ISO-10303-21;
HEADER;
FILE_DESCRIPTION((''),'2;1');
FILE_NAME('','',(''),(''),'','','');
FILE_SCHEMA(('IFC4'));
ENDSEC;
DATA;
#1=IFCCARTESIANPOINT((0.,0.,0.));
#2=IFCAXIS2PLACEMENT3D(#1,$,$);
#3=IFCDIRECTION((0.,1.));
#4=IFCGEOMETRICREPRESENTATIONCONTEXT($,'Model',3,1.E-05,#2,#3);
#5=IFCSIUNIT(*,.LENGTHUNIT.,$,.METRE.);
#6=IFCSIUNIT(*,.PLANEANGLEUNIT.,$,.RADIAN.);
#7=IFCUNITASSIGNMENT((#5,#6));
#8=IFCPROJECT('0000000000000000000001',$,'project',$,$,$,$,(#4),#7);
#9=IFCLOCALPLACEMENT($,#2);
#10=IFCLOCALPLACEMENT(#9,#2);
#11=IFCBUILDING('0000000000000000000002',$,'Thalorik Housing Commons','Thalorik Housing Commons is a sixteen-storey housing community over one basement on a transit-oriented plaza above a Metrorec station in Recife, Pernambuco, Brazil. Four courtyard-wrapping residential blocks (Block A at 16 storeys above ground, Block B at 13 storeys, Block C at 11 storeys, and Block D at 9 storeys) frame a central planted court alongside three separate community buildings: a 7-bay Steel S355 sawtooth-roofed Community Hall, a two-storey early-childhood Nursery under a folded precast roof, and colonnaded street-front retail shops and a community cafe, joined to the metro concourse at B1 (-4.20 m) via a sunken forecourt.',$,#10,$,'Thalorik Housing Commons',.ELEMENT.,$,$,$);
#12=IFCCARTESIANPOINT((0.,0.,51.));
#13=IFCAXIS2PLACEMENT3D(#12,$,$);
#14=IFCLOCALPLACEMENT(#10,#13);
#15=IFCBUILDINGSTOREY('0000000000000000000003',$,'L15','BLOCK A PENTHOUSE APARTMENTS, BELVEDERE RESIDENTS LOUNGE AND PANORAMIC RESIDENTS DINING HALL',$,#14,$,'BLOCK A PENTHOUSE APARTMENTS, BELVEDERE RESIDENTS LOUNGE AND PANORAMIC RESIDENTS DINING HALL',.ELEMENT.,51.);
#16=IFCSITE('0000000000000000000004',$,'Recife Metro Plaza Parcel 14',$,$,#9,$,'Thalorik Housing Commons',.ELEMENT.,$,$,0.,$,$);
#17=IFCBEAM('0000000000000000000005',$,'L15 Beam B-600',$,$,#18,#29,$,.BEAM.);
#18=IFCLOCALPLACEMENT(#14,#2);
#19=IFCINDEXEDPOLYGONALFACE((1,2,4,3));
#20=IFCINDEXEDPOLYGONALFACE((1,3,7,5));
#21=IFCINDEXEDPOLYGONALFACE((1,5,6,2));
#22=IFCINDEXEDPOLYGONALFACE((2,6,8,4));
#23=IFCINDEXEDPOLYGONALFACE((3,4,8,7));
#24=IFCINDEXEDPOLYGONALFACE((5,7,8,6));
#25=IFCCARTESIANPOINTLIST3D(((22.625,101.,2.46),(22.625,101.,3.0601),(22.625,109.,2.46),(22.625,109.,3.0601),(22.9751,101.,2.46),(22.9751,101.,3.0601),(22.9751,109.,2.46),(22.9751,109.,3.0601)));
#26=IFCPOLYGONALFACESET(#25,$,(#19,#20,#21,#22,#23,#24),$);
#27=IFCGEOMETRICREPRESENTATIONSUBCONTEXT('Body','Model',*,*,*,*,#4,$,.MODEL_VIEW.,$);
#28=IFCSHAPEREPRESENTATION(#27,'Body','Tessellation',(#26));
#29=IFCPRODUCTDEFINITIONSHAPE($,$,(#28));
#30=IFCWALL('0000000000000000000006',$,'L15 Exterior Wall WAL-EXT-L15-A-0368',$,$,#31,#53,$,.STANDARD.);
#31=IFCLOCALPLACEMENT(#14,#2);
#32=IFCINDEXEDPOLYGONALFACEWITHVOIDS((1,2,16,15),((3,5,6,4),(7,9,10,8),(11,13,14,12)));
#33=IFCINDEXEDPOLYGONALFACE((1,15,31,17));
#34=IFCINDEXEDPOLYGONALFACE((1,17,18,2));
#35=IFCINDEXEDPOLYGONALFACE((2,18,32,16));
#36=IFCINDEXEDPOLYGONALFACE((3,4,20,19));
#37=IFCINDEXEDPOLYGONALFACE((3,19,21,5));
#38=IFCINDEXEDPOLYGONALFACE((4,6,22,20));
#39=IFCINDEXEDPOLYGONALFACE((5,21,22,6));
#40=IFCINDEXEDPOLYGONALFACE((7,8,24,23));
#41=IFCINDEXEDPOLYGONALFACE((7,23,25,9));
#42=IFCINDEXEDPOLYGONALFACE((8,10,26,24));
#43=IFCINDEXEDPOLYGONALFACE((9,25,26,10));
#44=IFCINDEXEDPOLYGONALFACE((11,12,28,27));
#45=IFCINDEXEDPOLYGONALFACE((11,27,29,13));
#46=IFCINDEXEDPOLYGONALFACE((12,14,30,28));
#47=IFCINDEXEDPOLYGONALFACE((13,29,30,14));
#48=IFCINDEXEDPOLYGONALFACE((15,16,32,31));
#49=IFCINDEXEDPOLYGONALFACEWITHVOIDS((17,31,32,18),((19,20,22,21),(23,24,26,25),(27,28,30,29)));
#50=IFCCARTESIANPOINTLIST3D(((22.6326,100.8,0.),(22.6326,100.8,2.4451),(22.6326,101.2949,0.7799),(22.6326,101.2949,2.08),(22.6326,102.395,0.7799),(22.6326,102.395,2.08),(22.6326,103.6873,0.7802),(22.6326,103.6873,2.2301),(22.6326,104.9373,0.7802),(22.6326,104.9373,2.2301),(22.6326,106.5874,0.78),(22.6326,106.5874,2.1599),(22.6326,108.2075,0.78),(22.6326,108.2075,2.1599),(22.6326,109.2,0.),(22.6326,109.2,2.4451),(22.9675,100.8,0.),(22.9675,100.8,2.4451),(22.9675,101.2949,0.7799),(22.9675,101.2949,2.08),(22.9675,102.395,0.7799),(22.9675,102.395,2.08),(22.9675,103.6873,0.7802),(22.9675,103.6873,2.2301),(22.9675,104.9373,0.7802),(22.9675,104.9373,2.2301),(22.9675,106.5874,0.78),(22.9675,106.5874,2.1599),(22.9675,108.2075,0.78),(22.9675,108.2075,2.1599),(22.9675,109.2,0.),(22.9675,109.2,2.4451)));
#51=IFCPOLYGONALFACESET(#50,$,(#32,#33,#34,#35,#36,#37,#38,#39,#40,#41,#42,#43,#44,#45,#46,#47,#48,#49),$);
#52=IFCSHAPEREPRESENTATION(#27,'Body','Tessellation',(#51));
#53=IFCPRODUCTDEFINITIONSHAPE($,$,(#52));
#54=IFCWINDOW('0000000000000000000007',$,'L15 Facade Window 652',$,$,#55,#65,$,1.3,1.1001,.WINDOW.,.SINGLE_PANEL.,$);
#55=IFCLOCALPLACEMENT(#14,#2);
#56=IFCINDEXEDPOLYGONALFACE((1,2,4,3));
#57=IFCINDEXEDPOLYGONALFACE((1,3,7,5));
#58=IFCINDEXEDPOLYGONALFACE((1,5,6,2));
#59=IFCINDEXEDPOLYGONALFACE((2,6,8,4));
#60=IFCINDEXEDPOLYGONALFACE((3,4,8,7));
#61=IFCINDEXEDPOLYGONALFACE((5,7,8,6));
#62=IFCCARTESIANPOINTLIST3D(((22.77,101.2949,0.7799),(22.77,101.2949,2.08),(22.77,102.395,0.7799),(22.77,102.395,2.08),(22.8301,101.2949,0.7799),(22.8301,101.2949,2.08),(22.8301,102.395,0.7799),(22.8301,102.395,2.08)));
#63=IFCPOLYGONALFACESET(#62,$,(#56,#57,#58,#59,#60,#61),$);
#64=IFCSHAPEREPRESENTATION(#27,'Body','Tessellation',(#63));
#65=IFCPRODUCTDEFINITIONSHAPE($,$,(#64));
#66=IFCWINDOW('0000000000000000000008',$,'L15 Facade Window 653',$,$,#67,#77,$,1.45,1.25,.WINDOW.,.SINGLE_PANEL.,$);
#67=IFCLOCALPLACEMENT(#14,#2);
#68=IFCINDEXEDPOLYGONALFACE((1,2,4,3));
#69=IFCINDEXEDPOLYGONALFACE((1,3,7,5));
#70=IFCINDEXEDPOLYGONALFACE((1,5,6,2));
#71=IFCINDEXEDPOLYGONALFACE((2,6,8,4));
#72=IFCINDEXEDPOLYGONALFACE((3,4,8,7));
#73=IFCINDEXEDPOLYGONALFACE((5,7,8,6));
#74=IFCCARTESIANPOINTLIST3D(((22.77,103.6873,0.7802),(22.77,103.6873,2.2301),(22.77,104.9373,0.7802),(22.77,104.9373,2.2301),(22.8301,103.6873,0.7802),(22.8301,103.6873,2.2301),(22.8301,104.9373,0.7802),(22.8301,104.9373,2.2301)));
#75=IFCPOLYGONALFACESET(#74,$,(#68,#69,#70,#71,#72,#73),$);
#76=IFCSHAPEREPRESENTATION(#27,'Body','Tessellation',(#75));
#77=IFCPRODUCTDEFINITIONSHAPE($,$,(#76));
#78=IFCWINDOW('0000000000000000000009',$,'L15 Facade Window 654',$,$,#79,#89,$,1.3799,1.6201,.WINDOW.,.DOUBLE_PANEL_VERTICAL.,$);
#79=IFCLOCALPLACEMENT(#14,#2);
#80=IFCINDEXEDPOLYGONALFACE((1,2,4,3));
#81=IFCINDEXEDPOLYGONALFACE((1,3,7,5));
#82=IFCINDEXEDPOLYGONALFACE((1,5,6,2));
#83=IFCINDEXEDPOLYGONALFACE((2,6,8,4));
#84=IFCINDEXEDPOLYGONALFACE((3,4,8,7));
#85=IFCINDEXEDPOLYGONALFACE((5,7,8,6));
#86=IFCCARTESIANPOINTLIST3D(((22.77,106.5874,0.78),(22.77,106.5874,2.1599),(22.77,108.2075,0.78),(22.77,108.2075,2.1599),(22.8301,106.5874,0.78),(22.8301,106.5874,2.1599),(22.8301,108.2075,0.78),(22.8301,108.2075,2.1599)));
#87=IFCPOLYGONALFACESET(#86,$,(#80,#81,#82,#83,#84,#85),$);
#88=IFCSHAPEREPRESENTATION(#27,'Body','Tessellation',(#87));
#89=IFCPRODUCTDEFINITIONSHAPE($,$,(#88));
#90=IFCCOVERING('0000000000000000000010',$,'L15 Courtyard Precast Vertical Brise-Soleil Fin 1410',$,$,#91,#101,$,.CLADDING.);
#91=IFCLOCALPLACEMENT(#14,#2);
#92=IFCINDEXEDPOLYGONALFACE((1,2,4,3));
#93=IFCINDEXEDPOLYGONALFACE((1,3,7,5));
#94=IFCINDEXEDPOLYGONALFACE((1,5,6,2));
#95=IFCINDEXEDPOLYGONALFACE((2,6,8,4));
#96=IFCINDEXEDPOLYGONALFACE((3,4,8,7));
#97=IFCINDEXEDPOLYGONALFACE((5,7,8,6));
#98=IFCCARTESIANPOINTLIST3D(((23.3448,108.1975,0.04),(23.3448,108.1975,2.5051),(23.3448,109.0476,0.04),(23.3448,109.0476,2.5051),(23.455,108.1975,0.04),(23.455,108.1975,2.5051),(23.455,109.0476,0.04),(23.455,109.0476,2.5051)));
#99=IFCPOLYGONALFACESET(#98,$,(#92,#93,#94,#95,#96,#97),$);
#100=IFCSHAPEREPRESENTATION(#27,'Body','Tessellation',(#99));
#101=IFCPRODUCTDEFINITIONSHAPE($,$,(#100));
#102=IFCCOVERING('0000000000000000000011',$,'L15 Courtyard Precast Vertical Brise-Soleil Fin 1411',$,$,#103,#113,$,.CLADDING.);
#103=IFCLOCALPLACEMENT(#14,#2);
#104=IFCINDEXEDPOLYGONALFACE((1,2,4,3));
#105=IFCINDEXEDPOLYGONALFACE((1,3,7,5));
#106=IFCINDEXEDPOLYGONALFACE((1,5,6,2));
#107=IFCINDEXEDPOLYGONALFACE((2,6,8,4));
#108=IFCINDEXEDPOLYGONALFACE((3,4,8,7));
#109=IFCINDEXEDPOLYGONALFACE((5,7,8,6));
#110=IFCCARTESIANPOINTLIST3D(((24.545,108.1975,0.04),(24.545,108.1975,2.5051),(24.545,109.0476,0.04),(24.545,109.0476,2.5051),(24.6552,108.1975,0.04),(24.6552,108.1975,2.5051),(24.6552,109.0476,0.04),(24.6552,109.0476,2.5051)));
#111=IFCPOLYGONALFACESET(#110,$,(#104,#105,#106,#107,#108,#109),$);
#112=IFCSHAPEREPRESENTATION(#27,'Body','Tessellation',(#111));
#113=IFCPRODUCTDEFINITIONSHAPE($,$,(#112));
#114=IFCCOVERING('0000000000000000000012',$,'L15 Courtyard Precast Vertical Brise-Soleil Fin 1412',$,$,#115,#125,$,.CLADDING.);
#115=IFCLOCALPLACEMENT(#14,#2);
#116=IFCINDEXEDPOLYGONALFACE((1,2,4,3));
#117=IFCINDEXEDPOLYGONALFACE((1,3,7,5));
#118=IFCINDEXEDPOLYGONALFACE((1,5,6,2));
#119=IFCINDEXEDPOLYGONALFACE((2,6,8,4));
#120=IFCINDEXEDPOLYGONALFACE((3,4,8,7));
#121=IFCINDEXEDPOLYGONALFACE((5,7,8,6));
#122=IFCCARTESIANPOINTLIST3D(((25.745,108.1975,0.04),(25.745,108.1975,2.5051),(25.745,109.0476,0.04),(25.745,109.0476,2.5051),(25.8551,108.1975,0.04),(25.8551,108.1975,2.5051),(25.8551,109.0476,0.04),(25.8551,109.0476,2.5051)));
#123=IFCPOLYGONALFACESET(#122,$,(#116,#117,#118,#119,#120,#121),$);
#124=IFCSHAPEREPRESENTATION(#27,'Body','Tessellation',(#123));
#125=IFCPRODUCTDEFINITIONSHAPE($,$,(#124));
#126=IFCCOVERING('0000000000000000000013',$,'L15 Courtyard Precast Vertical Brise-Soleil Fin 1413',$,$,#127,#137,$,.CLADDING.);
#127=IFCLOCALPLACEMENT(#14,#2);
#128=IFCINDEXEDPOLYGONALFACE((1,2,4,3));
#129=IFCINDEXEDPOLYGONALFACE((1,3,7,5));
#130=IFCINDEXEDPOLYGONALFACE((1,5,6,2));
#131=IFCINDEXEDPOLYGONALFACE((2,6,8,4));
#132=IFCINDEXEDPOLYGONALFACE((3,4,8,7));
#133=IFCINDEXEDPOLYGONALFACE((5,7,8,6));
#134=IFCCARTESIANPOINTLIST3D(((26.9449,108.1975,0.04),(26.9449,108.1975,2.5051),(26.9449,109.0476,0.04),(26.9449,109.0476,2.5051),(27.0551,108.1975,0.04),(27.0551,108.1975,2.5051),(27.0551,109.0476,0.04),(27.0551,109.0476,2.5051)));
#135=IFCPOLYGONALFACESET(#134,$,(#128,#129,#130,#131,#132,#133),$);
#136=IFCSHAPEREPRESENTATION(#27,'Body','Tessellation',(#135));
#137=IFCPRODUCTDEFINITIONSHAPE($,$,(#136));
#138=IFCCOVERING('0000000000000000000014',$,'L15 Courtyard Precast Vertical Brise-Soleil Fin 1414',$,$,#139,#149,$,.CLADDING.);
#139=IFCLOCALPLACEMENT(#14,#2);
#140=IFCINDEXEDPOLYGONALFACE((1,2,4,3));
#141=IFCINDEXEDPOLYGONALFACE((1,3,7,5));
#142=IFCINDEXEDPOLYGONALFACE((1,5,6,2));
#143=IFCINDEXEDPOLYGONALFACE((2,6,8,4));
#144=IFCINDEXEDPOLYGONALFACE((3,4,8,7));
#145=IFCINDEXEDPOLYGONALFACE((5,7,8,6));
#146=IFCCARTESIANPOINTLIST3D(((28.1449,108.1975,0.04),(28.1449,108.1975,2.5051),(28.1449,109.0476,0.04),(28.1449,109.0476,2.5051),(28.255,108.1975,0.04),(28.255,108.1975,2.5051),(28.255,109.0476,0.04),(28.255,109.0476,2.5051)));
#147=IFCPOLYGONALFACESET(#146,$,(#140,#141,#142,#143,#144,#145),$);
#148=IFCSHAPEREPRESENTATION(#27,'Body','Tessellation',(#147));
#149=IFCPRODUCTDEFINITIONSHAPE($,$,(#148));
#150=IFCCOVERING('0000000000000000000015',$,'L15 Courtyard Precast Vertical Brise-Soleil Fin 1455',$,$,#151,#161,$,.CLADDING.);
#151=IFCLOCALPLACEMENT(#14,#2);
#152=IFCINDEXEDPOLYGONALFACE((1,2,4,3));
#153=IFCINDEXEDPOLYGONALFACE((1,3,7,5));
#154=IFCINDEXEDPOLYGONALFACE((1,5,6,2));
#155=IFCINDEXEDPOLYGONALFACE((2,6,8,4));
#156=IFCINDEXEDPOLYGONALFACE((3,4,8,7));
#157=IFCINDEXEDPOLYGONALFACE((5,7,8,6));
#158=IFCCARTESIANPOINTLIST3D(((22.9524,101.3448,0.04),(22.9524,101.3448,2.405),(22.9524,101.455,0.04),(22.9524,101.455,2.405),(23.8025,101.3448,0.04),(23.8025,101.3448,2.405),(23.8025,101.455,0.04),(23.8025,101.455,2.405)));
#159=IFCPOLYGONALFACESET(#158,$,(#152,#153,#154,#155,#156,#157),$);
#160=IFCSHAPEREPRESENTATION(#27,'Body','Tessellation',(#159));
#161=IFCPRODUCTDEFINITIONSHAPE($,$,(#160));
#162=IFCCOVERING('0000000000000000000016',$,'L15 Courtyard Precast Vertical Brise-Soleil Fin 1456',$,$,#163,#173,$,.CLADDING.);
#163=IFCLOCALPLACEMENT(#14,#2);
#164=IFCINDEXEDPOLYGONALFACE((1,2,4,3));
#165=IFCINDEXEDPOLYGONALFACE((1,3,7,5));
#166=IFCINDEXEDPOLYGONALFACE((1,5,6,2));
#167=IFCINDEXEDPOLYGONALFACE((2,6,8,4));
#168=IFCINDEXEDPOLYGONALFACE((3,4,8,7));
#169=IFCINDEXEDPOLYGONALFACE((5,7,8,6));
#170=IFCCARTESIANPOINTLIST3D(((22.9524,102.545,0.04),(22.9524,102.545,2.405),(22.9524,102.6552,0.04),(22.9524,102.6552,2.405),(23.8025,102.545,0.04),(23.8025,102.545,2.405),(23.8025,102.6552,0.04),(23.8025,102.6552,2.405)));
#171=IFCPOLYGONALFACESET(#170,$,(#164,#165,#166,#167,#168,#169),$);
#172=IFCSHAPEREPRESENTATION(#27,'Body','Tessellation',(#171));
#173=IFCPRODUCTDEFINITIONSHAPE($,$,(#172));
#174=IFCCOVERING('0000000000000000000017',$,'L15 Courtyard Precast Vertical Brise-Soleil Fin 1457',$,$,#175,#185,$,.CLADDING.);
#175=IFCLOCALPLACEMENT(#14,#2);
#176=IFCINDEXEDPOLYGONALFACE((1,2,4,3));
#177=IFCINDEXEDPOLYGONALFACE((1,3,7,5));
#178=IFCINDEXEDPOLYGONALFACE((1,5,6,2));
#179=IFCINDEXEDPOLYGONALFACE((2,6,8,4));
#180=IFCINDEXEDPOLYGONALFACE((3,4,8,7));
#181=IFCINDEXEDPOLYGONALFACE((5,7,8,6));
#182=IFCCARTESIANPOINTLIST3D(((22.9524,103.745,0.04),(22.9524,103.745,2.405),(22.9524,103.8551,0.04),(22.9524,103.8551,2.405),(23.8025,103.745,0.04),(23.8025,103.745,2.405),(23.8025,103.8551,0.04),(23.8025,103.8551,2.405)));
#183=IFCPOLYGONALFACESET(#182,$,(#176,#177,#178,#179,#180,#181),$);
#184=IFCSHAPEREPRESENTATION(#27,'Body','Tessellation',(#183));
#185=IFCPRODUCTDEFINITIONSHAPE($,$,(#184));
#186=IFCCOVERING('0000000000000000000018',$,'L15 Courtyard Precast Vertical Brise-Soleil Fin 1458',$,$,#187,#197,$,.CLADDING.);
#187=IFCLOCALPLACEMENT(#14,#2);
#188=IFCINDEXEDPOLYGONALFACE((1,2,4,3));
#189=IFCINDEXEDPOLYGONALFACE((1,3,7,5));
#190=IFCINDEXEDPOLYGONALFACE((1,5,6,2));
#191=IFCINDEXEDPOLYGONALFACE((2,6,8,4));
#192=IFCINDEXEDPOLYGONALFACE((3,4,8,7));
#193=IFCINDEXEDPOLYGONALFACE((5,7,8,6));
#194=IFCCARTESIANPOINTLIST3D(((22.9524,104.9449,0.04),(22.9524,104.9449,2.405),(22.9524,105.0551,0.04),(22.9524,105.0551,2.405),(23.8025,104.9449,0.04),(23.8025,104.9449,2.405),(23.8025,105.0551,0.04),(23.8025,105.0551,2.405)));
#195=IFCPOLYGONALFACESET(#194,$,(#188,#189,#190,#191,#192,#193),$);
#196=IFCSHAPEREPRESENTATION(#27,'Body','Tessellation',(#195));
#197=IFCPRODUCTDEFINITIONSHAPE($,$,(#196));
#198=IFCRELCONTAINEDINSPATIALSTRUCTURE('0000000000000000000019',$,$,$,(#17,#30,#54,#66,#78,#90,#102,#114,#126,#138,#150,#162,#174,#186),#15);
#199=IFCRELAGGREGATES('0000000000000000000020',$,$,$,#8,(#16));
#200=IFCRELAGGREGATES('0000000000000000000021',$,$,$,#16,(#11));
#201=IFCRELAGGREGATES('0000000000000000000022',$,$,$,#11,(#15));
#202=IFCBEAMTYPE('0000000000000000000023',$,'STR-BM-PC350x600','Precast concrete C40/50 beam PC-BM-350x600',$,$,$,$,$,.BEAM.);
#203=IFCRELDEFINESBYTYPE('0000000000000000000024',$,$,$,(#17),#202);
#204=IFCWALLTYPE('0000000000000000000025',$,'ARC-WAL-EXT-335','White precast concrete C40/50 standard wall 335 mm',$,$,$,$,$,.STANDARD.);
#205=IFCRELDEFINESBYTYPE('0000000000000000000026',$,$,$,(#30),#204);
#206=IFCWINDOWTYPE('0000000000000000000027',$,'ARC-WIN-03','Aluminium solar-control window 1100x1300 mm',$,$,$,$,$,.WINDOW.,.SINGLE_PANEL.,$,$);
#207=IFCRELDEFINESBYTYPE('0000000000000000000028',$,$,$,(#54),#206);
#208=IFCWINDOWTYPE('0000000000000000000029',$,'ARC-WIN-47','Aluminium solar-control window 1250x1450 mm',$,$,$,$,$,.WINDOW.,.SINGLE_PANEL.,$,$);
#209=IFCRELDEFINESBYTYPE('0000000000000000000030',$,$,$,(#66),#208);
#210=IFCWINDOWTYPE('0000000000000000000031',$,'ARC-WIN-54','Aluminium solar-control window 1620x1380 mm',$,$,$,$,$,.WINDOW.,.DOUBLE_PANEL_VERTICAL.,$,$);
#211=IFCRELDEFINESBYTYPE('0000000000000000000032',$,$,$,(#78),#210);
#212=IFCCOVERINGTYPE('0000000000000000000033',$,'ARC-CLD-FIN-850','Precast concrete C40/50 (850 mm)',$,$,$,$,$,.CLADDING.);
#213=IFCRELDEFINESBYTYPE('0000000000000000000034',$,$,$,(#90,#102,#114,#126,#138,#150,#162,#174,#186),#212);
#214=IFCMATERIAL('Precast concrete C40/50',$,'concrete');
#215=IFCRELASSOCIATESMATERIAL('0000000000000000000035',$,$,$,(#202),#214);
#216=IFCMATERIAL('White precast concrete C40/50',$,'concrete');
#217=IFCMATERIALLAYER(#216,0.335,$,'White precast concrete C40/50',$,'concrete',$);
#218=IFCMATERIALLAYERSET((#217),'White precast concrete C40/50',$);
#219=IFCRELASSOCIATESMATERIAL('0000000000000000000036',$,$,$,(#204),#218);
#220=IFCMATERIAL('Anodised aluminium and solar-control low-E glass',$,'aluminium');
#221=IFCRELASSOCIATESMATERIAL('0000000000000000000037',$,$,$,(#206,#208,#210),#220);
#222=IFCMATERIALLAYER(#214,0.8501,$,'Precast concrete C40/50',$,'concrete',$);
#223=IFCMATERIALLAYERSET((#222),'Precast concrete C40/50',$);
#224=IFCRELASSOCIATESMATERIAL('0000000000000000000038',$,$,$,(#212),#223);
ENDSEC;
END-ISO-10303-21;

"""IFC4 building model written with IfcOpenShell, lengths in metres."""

from ifc_helpers import new_model, si_unit, direction, frame, frame_2d, origin, origin_2d, place, context, subcontext, project, spatial, rectangle, extrude, material, layer, layer_set, material_profile, profile_set, type_object, element, fill, save


model = new_model("IFC4")

# Units and contexts
model_context = context("Model", 3, precision=1e-05, world=origin(), true_north=direction((0.0, 1.0)))
body_context = subcontext(model_context, "Body", "Model", "MODEL_VIEW")
ifc_project = project(units=[si_unit("LENGTHUNIT", "METRE"), si_unit("PLANEANGLEUNIT", "RADIAN")], contexts=[model_context])

# Site, building, storey
site_placement = place(None, origin())
site = spatial("IfcSite", under=ifc_project, at=site_placement, Name="Recife Metro Plaza Parcel 14", LongName="Thalorik Housing Commons", CompositionType="ELEMENT", RefElevation=0.0)
building_placement = place(site_placement, origin())
building = spatial("IfcBuilding", under=site, at=building_placement, Name="Thalorik Housing Commons", Description="Thalorik Housing Commons is a sixteen-storey housing community over one basement on a transit-oriented plaza above a Metrorec station in Recife, Pernambuco, Brazil. Four courtyard-wrapping residential blocks (Block A at 16 storeys above ground, Block B at 13 storeys, Block C at 11 storeys, and Block D at 9 storeys) frame a central planted court alongside three separate community buildings: a 7-bay Steel S355 sawtooth-roofed Community Hall, a two-storey early-childhood Nursery under a folded precast roof, and colonnaded street-front retail shops and a community cafe, joined to the metro concourse at B1 (-4.20 m) via a sunken forecourt.", LongName="Thalorik Housing Commons", CompositionType="ELEMENT")
storey_placement = place(building_placement, frame((0.0, 0.0, 51.0)))
storey = spatial("IfcBuildingStorey", under=building, at=storey_placement, Name="L15", Description="BLOCK A PENTHOUSE APARTMENTS, BELVEDERE RESIDENTS LOUNGE AND PANORAMIC RESIDENTS DINING HALL", LongName="BLOCK A PENTHOUSE APARTMENTS, BELVEDERE RESIDENTS LOUNGE AND PANORAMIC RESIDENTS DINING HALL", CompositionType="ELEMENT", Elevation=51.0)

# Beam
ifc_material_1 = material(Name="Precast concrete C40/50", Category="concrete")
ifc_material_profile = material_profile(ifc_material_1, rectangle(XDim=0.3501, YDim=0.6001, at=origin_2d()), Name="PC 350x600", Category="concrete")
ifc_profile_set = profile_set([ifc_material_profile], Name="Precast concrete C40/50")
beam_type = type_object("IfcBeamType", Name="STR-BM-PC350x600", Description="Precast concrete C40/50 beam PC-BM-350x600", PredefinedType="BEAM", material=ifc_profile_set)
beam_placement = place(storey_placement, frame((22.8, 101.0, 2.76), z_axis=(0.0, 1.0, 0.0), x_axis=(-1.0, 0.0, 0.0)))
element("IfcBeam", 1, at=beam_placement, inside=storey, type_object=beam_type, Name="L15 Beam B-600", PredefinedType="BEAM", context=body_context, shape_type="SweptSolid", body=[
    extrude(rectangle(XDim=0.3501, YDim=0.6001, at=origin_2d()), origin(), (0.0, 0.0, 1.0), 8.0),
])

# Wall, openings, windows
ifc_material_2 = material(Name="White precast concrete C40/50", Category="concrete")
ifc_layer_1 = layer(ifc_material_2, 0.335, Name="White precast concrete C40/50", Category="concrete")
ifc_layer_set_1 = layer_set([ifc_layer_1], Name="White precast concrete C40/50")
wall_type = type_object("IfcWallType", Name="ARC-WAL-EXT-335", Description="White precast concrete C40/50 standard wall 335 mm", PredefinedType="STANDARD", material=ifc_layer_set_1)
wall_placement = place(storey_placement, frame((22.8, 100.8, 0.0), z_axis=(0.0, 0.0, 1.0), x_axis=(0.0, 1.0, 0.0)))
wall = element("IfcWall", 2, at=wall_placement, inside=storey, type_object=wall_type, Name="L15 Exterior Wall WAL-EXT-L15-A-0368", PredefinedType="STANDARD", context=body_context, shape_type="SweptSolid", body=[
    extrude(rectangle(XDim=8.3999, YDim=0.335, at=frame_2d((4.2, 0.0))), origin(), (0.0, 0.0, 1.0), 2.4451),
])
opening_1_placement = place(wall_placement, frame((0.4949, 0.0, 0.78)))
opening_1 = element("IfcOpeningElement", 3, at=opening_1_placement, cuts=wall, PredefinedType="OPENING", context=body_context, shape_type="SweptSolid", body=[
    extrude(rectangle(XDim=1.1001, YDim=1.3, at=frame_2d((0.55, 0.6499))), frame((0.0, 0.1775, 0.0), z_axis=(0.0, -1.0, 0.0), x_axis=(1.0, 0.0, 0.0)), (0.0, 0.0, 1.0), 0.355),
])
opening_2_placement = place(wall_placement, frame((2.8872, 0.0, 0.78)))
opening_2 = element("IfcOpeningElement", 4, at=opening_2_placement, cuts=wall, PredefinedType="OPENING", context=body_context, shape_type="SweptSolid", body=[
    extrude(rectangle(XDim=1.25, YDim=1.45, at=frame_2d((0.625, 0.7251))), frame((0.0, 0.1775, 0.0), z_axis=(0.0, -1.0, 0.0), x_axis=(1.0, 0.0, 0.0)), (0.0, 0.0, 1.0), 0.355),
])
opening_3_placement = place(wall_placement, frame((5.7874, 0.0, 0.78)))
opening_3 = element("IfcOpeningElement", 5, at=opening_3_placement, cuts=wall, PredefinedType="OPENING", context=body_context, shape_type="SweptSolid", body=[
    extrude(rectangle(XDim=1.6201, YDim=1.3799, at=frame_2d((0.8101, 0.6899))), frame((0.0, 0.1775, 0.0), z_axis=(0.0, -1.0, 0.0), x_axis=(1.0, 0.0, 0.0)), (0.0, 0.0, 1.0), 0.355),
])
ifc_material_3 = material(Name="Anodised aluminium and solar-control low-E glass", Category="aluminium")
window_type_1 = type_object("IfcWindowType", Name="ARC-WIN-03", Description="Aluminium solar-control window 1100x1300 mm", PartitioningType="SINGLE_PANEL", PredefinedType="WINDOW", material=ifc_material_3)
window_1_placement = place(opening_1_placement, origin())
window_1 = element("IfcWindow", 6, at=window_1_placement, inside=storey, type_object=window_type_1, Name="L15 Facade Window 652", OverallHeight=1.3, OverallWidth=1.1001, PartitioningType="SINGLE_PANEL", PredefinedType="WINDOW", context=body_context, shape_type="SweptSolid", body=[
    extrude(rectangle(XDim=1.1001, YDim=1.3, at=frame_2d((0.55, 0.6499))), frame((0.0, 0.03, 0.0), z_axis=(0.0, -1.0, 0.0), x_axis=(1.0, 0.0, 0.0)), (0.0, 0.0, 1.0), 0.0601),
])
fill(opening_1, window_1)
window_type_2 = type_object("IfcWindowType", Name="ARC-WIN-47", Description="Aluminium solar-control window 1250x1450 mm", PartitioningType="SINGLE_PANEL", PredefinedType="WINDOW", material=ifc_material_3)
window_2_placement = place(opening_2_placement, origin())
window_2 = element("IfcWindow", 7, at=window_2_placement, inside=storey, type_object=window_type_2, Name="L15 Facade Window 653", OverallHeight=1.45, OverallWidth=1.25, PartitioningType="SINGLE_PANEL", PredefinedType="WINDOW", context=body_context, shape_type="SweptSolid", body=[
    extrude(rectangle(XDim=1.25, YDim=1.45, at=frame_2d((0.625, 0.7251))), frame((0.0, 0.03, 0.0), z_axis=(0.0, -1.0, 0.0), x_axis=(1.0, 0.0, 0.0)), (0.0, 0.0, 1.0), 0.0601),
])
fill(opening_2, window_2)
window_type_3 = type_object("IfcWindowType", Name="ARC-WIN-54", Description="Aluminium solar-control window 1620x1380 mm", PartitioningType="DOUBLE_PANEL_VERTICAL", PredefinedType="WINDOW", material=ifc_material_3)
window_3_placement = place(opening_3_placement, origin())
window_3 = element("IfcWindow", 8, at=window_3_placement, inside=storey, type_object=window_type_3, Name="L15 Facade Window 654", OverallHeight=1.3799, OverallWidth=1.6201, PartitioningType="DOUBLE_PANEL_VERTICAL", PredefinedType="WINDOW", context=body_context, shape_type="SweptSolid", body=[
    extrude(rectangle(XDim=1.6201, YDim=1.3799, at=frame_2d((0.8101, 0.6899))), frame((0.0, 0.03, 0.0), z_axis=(0.0, -1.0, 0.0), x_axis=(1.0, 0.0, 0.0)), (0.0, 0.0, 1.0), 0.0601),
])
fill(opening_3, window_3)

# Coverings
ifc_layer_2 = layer(ifc_material_1, 0.8501, Name="Precast concrete C40/50", Category="concrete")
ifc_layer_set_2 = layer_set([ifc_layer_2], Name="Precast concrete C40/50")
covering_type_1 = type_object("IfcCoveringType", Name="ARC-CLD-FIN-850", Description="Precast concrete C40/50 (850 mm)", PredefinedType="CLADDING", material=ifc_layer_set_2)
for number, where, z_axis, x_axis, name in (
    (9, (23.3999, 108.6226, 0.04), (0.0, 0.0, 1.0), (1.0, 0.0, 0.0), "L15 Courtyard Precast Vertical Brise-Soleil Fin 1410"),
    (10, (24.6001, 108.6226, 0.04), (0.0, 0.0, 1.0), (1.0, 0.0, 0.0), "L15 Courtyard Precast Vertical Brise-Soleil Fin 1411"),
    (11, (25.8, 108.6226, 0.04), (0.0, 0.0, 1.0), (1.0, 0.0, 0.0), "L15 Courtyard Precast Vertical Brise-Soleil Fin 1412"),
    (12, (27.0, 108.6226, 0.04), (0.0, 0.0, 1.0), (1.0, 0.0, 0.0), "L15 Courtyard Precast Vertical Brise-Soleil Fin 1413"),
    (13, (28.2, 108.6226, 0.04), (0.0, 0.0, 1.0), (1.0, 0.0, 0.0), "L15 Courtyard Precast Vertical Brise-Soleil Fin 1414"),
):
    element("IfcCovering", number, at=place(storey_placement, frame(where, z_axis=z_axis, x_axis=x_axis)), inside=storey, type_object=covering_type_1, Name=name, PredefinedType="CLADDING", context=body_context, shape_type="SweptSolid", body=[
        extrude(rectangle(XDim=0.1101, YDim=0.8501, at=origin_2d()), origin(), (0.0, 0.0, 1.0), 2.4651),
    ])
for number, where, z_axis, x_axis, name in (
    (14, (23.3774, 101.3999, 0.04), (0.0, 0.0, 1.0), (0.0, 1.0, 0.0), "L15 Courtyard Precast Vertical Brise-Soleil Fin 1455"),
    (15, (23.3774, 102.6001, 0.04), (0.0, 0.0, 1.0), (0.0, 1.0, 0.0), "L15 Courtyard Precast Vertical Brise-Soleil Fin 1456"),
    (16, (23.3774, 103.8, 0.04), (0.0, 0.0, 1.0), (0.0, 1.0, 0.0), "L15 Courtyard Precast Vertical Brise-Soleil Fin 1457"),
    (17, (23.3774, 105.0, 0.04), (0.0, 0.0, 1.0), (0.0, 1.0, 0.0), "L15 Courtyard Precast Vertical Brise-Soleil Fin 1458"),
):
    element("IfcCovering", number, at=place(storey_placement, frame(where, z_axis=z_axis, x_axis=x_axis)), inside=storey, type_object=covering_type_1, Name=name, PredefinedType="CLADDING", context=body_context, shape_type="SweptSolid", body=[
        extrude(rectangle(XDim=0.1101, YDim=0.8501, at=origin_2d()), origin(), (0.0, 0.0, 1.0), 2.365),
    ])

save(model, "model.ifc")
